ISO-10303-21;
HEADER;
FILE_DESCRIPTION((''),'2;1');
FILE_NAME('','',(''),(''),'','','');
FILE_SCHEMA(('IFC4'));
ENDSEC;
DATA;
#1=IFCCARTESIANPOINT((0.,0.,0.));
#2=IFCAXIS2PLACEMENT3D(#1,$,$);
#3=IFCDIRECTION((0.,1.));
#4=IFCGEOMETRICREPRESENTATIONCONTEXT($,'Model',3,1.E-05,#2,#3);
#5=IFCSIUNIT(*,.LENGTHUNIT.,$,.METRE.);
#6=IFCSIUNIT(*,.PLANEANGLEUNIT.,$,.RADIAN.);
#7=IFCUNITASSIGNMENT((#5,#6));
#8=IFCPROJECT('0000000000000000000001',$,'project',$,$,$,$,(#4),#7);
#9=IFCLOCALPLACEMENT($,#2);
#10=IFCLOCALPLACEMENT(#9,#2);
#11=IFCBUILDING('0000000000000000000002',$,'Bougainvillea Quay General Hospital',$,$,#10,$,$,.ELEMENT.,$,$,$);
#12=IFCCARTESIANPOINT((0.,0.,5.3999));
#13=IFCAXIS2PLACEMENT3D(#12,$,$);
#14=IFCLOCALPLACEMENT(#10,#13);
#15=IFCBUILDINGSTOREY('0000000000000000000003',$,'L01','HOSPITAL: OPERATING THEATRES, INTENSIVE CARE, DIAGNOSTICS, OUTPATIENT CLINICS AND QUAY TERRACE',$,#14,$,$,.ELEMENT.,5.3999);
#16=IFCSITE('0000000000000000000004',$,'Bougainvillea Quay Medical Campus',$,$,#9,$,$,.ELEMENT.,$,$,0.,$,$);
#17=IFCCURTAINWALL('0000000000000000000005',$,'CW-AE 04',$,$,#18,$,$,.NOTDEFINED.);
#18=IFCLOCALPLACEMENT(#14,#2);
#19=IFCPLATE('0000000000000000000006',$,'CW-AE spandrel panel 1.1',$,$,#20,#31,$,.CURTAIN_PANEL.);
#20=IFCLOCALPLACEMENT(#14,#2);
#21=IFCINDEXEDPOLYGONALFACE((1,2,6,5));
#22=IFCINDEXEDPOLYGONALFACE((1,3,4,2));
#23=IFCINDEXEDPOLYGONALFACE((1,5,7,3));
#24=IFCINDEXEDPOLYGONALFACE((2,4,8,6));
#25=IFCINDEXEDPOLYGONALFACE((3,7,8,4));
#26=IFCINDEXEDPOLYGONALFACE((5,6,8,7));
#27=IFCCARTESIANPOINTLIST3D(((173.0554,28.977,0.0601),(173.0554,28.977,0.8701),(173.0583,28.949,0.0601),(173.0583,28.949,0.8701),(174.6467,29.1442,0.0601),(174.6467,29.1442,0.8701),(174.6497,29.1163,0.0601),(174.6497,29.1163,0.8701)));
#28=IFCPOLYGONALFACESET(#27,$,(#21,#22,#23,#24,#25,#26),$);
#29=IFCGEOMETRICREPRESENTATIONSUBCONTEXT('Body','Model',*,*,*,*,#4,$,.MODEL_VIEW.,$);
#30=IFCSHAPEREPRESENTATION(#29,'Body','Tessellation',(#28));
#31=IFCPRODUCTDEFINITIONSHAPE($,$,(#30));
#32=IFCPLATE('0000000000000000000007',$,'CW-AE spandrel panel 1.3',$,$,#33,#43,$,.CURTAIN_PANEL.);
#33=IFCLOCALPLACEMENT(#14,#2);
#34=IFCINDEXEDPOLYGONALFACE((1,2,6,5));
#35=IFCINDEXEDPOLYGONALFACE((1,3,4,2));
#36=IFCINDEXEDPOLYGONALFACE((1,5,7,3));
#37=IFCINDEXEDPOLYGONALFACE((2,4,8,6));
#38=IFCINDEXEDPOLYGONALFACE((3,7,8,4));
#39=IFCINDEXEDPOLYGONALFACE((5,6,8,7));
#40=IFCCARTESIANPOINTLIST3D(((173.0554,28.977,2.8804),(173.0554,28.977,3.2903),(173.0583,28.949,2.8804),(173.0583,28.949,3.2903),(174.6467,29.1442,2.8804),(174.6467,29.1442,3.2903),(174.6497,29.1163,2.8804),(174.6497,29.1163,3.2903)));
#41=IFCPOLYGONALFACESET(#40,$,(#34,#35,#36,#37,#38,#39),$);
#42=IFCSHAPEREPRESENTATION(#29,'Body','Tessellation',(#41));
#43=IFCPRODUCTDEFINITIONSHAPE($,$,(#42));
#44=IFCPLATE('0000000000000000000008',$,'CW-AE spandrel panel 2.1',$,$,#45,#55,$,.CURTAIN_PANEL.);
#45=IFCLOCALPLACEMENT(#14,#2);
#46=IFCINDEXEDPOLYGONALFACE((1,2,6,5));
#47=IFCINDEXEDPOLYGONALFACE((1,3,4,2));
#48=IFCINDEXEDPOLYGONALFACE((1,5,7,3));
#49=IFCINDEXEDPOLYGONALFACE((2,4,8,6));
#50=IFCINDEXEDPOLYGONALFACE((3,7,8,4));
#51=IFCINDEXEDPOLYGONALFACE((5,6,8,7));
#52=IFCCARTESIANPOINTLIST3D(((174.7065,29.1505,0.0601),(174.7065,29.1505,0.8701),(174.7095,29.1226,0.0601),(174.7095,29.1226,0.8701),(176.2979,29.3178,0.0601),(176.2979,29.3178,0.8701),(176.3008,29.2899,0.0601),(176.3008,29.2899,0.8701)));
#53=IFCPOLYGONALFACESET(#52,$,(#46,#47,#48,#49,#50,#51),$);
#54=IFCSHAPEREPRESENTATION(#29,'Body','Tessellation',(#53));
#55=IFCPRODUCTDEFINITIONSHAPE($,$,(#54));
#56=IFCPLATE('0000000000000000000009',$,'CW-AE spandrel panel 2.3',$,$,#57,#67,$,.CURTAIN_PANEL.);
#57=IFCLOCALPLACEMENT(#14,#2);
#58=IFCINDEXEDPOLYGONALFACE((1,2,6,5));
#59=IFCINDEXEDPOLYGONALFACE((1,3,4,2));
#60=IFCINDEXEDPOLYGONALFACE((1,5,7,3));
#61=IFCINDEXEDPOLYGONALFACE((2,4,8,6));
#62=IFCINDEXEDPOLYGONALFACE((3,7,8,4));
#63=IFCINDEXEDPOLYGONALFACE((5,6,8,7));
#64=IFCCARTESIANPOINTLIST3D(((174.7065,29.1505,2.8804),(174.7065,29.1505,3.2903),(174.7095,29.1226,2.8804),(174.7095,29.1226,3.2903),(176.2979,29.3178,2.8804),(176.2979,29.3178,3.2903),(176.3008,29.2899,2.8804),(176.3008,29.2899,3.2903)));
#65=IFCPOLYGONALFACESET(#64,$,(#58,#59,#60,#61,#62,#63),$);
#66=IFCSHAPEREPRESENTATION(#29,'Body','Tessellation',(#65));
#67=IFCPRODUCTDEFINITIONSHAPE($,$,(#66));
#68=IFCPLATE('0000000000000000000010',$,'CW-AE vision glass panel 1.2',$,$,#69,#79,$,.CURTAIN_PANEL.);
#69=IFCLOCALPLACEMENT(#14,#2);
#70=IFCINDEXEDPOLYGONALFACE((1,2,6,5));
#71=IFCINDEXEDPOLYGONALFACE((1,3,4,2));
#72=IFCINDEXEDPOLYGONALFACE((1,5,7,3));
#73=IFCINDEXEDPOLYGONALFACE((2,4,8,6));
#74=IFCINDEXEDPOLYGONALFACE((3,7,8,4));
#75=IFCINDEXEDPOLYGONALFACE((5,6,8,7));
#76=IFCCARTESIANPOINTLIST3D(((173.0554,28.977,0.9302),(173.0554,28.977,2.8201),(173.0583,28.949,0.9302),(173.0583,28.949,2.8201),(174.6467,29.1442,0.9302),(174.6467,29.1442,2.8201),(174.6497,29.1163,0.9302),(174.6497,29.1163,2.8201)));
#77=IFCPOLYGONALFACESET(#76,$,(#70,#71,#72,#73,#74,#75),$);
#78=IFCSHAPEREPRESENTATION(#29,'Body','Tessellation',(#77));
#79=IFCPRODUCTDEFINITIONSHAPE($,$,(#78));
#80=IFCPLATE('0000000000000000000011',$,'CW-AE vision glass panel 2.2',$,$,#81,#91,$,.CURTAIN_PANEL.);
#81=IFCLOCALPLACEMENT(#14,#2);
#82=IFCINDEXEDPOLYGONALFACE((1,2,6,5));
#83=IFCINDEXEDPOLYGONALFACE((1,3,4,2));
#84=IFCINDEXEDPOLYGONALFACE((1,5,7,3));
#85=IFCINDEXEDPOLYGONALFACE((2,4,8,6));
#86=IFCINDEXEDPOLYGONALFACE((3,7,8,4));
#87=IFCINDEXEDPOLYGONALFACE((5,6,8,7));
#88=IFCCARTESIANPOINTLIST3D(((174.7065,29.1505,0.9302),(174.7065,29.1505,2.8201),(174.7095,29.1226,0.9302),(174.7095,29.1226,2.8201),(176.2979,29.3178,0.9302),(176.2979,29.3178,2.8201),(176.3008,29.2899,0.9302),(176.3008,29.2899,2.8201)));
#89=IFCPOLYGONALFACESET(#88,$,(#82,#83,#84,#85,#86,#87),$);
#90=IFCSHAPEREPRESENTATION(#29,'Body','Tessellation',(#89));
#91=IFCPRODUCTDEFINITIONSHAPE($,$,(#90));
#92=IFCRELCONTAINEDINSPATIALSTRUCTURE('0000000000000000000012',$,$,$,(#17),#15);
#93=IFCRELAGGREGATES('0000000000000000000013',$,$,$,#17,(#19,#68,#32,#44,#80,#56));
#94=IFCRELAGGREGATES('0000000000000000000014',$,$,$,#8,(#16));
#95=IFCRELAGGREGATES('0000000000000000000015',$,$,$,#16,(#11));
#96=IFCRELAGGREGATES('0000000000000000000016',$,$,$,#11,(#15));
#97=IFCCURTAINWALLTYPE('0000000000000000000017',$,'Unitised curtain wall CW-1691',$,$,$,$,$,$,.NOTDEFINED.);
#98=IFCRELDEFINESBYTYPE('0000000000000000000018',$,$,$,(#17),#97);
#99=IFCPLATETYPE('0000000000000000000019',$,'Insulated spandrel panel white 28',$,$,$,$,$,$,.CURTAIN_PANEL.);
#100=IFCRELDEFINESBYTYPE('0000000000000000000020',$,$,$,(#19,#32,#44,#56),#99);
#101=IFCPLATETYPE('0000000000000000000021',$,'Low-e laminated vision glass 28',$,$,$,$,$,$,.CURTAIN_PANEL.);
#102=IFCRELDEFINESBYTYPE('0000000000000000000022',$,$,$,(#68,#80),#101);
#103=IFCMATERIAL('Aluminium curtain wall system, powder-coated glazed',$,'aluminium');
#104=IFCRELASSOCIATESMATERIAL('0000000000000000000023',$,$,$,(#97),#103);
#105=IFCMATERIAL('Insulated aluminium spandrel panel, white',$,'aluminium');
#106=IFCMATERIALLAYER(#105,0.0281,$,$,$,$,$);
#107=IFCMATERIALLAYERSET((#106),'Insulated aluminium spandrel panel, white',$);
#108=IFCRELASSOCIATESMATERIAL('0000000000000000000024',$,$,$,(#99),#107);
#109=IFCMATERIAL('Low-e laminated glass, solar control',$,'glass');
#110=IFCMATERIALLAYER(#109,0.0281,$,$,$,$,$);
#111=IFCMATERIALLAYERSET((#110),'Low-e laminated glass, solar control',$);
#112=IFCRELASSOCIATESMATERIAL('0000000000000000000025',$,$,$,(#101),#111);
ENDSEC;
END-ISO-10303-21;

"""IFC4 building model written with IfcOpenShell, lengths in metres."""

from ifc_helpers import new_model, si_unit, direction, frame, origin, origin_2d, place, context, subcontext, project, spatial, rectangle, extrude, material, layer, layer_set, type_object, element, aggregate, save


model = new_model("IFC4")

# Units and contexts
model_context = context("Model", 3, precision=1e-05, world=origin(), true_north=direction((0.0, 1.0)))
body_context = subcontext(model_context, "Body", "Model", "MODEL_VIEW")
ifc_project = project(units=[si_unit("LENGTHUNIT", "METRE"), si_unit("PLANEANGLEUNIT", "RADIAN")], contexts=[model_context])

# Site, building, storey
site_placement = place(None, origin())
site = spatial("IfcSite", under=ifc_project, at=site_placement, Name="Bougainvillea Quay Medical Campus", CompositionType="ELEMENT", RefElevation=0.0)
building_placement = place(site_placement, origin())
building = spatial("IfcBuilding", under=site, at=building_placement, Name="Bougainvillea Quay General Hospital", CompositionType="ELEMENT")
storey_placement = place(building_placement, frame((0.0, 0.0, 5.3999)))
storey = spatial("IfcBuildingStorey", under=building, at=storey_placement, Name="L01", Description="HOSPITAL: OPERATING THEATRES, INTENSIVE CARE, DIAGNOSTICS, OUTPATIENT CLINICS AND QUAY TERRACE", CompositionType="ELEMENT", Elevation=5.3999)

# Curtain wall
ifc_material_1 = material(Name="Aluminium curtain wall system, powder-coated glazed", Category="aluminium")
curtain_wall_type_1 = type_object("IfcCurtainWallType", Name="Unitised curtain wall CW-1691", PredefinedType="NOTDEFINED", material=ifc_material_1)
curtain_wall_1_placement = place(storey_placement, origin())
curtain_wall_1 = element("IfcCurtainWall", 1, at=curtain_wall_1_placement, inside=storey, type_object=curtain_wall_type_1, Name="CW-AE 04", PredefinedType="NOTDEFINED")

# Plates
ifc_material_2 = material(Name="Insulated aluminium spandrel panel, white", Category="aluminium")
ifc_layer_1 = layer(ifc_material_2, 0.0281)
ifc_layer_set_1 = layer_set([ifc_layer_1], Name="Insulated aluminium spandrel panel, white")
plate_type_1 = type_object("IfcPlateType", Name="Insulated spandrel panel white 28", PredefinedType="CURTAIN_PANEL", material=ifc_layer_set_1)
plate_1_placement = place(storey_placement, frame((173.8525, 29.0466, 0.0601), z_axis=(0.0, 0.0, 1.0), x_axis=(0.994522, 0.104527, 0.0)))
plate_1 = element("IfcPlate", 2, at=plate_1_placement, type_object=plate_type_1, Name="CW-AE spandrel panel 1.1", PredefinedType="CURTAIN_PANEL", context=body_context, shape_type="SweptSolid", body=[
    extrude(rectangle(XDim=1.6001, YDim=0.0281, at=origin_2d()), origin(), (0.0, 0.0, 1.0), 0.8101),
])
plate_2_placement = place(storey_placement, frame((173.8525, 29.0466, 2.8804), z_axis=(0.0, 0.0, 1.0), x_axis=(0.994522, 0.104527, 0.0)))
plate_2 = element("IfcPlate", 3, at=plate_2_placement, type_object=plate_type_1, Name="CW-AE spandrel panel 1.3", PredefinedType="CURTAIN_PANEL", context=body_context, shape_type="SweptSolid", body=[
    extrude(rectangle(XDim=1.6001, YDim=0.0281, at=origin_2d()), origin(), (0.0, 0.0, 1.0), 0.4099),
])
plate_3_placement = place(storey_placement, frame((175.5037, 29.2202, 0.0601), z_axis=(0.0, 0.0, 1.0), x_axis=(0.994522, 0.104527, 0.0)))
plate_3 = element("IfcPlate", 4, at=plate_3_placement, type_object=plate_type_1, Name="CW-AE spandrel panel 2.1", PredefinedType="CURTAIN_PANEL", context=body_context, shape_type="SweptSolid", body=[
    extrude(rectangle(XDim=1.6001, YDim=0.0281, at=origin_2d()), origin(), (0.0, 0.0, 1.0), 0.8101),
])
plate_4_placement = place(storey_placement, frame((175.5037, 29.2202, 2.8804), z_axis=(0.0, 0.0, 1.0), x_axis=(0.994522, 0.104527, 0.0)))
plate_4 = element("IfcPlate", 5, at=plate_4_placement, type_object=plate_type_1, Name="CW-AE spandrel panel 2.3", PredefinedType="CURTAIN_PANEL", context=body_context, shape_type="SweptSolid", body=[
    extrude(rectangle(XDim=1.6001, YDim=0.0281, at=origin_2d()), origin(), (0.0, 0.0, 1.0), 0.4099),
])
ifc_material_3 = material(Name="Low-e laminated glass, solar control", Category="glass")
ifc_layer_2 = layer(ifc_material_3, 0.0281)
ifc_layer_set_2 = layer_set([ifc_layer_2], Name="Low-e laminated glass, solar control")
plate_type_2 = type_object("IfcPlateType", Name="Low-e laminated vision glass 28", PredefinedType="CURTAIN_PANEL", material=ifc_layer_set_2)
plate_5_placement = place(storey_placement, frame((173.8525, 29.0466, 0.9302), z_axis=(0.0, 0.0, 1.0), x_axis=(0.994522, 0.104527, 0.0)))
plate_5 = element("IfcPlate", 6, at=plate_5_placement, type_object=plate_type_2, Name="CW-AE vision glass panel 1.2", PredefinedType="CURTAIN_PANEL", context=body_context, shape_type="SweptSolid", body=[
    extrude(rectangle(XDim=1.6001, YDim=0.0281, at=origin_2d()), origin(), (0.0, 0.0, 1.0), 1.8899),
])
plate_6_placement = place(storey_placement, frame((175.5037, 29.2202, 0.9302), z_axis=(0.0, 0.0, 1.0), x_axis=(0.994522, 0.104527, 0.0)))
plate_6 = element("IfcPlate", 7, at=plate_6_placement, type_object=plate_type_2, Name="CW-AE vision glass panel 2.2", PredefinedType="CURTAIN_PANEL", context=body_context, shape_type="SweptSolid", body=[
    extrude(rectangle(XDim=1.6001, YDim=0.0281, at=origin_2d()), origin(), (0.0, 0.0, 1.0), 1.8899),
])
aggregate(curtain_wall_1, [plate_1, plate_5, plate_2, plate_3, plate_6, plate_4])

save(model, "model.ifc")
